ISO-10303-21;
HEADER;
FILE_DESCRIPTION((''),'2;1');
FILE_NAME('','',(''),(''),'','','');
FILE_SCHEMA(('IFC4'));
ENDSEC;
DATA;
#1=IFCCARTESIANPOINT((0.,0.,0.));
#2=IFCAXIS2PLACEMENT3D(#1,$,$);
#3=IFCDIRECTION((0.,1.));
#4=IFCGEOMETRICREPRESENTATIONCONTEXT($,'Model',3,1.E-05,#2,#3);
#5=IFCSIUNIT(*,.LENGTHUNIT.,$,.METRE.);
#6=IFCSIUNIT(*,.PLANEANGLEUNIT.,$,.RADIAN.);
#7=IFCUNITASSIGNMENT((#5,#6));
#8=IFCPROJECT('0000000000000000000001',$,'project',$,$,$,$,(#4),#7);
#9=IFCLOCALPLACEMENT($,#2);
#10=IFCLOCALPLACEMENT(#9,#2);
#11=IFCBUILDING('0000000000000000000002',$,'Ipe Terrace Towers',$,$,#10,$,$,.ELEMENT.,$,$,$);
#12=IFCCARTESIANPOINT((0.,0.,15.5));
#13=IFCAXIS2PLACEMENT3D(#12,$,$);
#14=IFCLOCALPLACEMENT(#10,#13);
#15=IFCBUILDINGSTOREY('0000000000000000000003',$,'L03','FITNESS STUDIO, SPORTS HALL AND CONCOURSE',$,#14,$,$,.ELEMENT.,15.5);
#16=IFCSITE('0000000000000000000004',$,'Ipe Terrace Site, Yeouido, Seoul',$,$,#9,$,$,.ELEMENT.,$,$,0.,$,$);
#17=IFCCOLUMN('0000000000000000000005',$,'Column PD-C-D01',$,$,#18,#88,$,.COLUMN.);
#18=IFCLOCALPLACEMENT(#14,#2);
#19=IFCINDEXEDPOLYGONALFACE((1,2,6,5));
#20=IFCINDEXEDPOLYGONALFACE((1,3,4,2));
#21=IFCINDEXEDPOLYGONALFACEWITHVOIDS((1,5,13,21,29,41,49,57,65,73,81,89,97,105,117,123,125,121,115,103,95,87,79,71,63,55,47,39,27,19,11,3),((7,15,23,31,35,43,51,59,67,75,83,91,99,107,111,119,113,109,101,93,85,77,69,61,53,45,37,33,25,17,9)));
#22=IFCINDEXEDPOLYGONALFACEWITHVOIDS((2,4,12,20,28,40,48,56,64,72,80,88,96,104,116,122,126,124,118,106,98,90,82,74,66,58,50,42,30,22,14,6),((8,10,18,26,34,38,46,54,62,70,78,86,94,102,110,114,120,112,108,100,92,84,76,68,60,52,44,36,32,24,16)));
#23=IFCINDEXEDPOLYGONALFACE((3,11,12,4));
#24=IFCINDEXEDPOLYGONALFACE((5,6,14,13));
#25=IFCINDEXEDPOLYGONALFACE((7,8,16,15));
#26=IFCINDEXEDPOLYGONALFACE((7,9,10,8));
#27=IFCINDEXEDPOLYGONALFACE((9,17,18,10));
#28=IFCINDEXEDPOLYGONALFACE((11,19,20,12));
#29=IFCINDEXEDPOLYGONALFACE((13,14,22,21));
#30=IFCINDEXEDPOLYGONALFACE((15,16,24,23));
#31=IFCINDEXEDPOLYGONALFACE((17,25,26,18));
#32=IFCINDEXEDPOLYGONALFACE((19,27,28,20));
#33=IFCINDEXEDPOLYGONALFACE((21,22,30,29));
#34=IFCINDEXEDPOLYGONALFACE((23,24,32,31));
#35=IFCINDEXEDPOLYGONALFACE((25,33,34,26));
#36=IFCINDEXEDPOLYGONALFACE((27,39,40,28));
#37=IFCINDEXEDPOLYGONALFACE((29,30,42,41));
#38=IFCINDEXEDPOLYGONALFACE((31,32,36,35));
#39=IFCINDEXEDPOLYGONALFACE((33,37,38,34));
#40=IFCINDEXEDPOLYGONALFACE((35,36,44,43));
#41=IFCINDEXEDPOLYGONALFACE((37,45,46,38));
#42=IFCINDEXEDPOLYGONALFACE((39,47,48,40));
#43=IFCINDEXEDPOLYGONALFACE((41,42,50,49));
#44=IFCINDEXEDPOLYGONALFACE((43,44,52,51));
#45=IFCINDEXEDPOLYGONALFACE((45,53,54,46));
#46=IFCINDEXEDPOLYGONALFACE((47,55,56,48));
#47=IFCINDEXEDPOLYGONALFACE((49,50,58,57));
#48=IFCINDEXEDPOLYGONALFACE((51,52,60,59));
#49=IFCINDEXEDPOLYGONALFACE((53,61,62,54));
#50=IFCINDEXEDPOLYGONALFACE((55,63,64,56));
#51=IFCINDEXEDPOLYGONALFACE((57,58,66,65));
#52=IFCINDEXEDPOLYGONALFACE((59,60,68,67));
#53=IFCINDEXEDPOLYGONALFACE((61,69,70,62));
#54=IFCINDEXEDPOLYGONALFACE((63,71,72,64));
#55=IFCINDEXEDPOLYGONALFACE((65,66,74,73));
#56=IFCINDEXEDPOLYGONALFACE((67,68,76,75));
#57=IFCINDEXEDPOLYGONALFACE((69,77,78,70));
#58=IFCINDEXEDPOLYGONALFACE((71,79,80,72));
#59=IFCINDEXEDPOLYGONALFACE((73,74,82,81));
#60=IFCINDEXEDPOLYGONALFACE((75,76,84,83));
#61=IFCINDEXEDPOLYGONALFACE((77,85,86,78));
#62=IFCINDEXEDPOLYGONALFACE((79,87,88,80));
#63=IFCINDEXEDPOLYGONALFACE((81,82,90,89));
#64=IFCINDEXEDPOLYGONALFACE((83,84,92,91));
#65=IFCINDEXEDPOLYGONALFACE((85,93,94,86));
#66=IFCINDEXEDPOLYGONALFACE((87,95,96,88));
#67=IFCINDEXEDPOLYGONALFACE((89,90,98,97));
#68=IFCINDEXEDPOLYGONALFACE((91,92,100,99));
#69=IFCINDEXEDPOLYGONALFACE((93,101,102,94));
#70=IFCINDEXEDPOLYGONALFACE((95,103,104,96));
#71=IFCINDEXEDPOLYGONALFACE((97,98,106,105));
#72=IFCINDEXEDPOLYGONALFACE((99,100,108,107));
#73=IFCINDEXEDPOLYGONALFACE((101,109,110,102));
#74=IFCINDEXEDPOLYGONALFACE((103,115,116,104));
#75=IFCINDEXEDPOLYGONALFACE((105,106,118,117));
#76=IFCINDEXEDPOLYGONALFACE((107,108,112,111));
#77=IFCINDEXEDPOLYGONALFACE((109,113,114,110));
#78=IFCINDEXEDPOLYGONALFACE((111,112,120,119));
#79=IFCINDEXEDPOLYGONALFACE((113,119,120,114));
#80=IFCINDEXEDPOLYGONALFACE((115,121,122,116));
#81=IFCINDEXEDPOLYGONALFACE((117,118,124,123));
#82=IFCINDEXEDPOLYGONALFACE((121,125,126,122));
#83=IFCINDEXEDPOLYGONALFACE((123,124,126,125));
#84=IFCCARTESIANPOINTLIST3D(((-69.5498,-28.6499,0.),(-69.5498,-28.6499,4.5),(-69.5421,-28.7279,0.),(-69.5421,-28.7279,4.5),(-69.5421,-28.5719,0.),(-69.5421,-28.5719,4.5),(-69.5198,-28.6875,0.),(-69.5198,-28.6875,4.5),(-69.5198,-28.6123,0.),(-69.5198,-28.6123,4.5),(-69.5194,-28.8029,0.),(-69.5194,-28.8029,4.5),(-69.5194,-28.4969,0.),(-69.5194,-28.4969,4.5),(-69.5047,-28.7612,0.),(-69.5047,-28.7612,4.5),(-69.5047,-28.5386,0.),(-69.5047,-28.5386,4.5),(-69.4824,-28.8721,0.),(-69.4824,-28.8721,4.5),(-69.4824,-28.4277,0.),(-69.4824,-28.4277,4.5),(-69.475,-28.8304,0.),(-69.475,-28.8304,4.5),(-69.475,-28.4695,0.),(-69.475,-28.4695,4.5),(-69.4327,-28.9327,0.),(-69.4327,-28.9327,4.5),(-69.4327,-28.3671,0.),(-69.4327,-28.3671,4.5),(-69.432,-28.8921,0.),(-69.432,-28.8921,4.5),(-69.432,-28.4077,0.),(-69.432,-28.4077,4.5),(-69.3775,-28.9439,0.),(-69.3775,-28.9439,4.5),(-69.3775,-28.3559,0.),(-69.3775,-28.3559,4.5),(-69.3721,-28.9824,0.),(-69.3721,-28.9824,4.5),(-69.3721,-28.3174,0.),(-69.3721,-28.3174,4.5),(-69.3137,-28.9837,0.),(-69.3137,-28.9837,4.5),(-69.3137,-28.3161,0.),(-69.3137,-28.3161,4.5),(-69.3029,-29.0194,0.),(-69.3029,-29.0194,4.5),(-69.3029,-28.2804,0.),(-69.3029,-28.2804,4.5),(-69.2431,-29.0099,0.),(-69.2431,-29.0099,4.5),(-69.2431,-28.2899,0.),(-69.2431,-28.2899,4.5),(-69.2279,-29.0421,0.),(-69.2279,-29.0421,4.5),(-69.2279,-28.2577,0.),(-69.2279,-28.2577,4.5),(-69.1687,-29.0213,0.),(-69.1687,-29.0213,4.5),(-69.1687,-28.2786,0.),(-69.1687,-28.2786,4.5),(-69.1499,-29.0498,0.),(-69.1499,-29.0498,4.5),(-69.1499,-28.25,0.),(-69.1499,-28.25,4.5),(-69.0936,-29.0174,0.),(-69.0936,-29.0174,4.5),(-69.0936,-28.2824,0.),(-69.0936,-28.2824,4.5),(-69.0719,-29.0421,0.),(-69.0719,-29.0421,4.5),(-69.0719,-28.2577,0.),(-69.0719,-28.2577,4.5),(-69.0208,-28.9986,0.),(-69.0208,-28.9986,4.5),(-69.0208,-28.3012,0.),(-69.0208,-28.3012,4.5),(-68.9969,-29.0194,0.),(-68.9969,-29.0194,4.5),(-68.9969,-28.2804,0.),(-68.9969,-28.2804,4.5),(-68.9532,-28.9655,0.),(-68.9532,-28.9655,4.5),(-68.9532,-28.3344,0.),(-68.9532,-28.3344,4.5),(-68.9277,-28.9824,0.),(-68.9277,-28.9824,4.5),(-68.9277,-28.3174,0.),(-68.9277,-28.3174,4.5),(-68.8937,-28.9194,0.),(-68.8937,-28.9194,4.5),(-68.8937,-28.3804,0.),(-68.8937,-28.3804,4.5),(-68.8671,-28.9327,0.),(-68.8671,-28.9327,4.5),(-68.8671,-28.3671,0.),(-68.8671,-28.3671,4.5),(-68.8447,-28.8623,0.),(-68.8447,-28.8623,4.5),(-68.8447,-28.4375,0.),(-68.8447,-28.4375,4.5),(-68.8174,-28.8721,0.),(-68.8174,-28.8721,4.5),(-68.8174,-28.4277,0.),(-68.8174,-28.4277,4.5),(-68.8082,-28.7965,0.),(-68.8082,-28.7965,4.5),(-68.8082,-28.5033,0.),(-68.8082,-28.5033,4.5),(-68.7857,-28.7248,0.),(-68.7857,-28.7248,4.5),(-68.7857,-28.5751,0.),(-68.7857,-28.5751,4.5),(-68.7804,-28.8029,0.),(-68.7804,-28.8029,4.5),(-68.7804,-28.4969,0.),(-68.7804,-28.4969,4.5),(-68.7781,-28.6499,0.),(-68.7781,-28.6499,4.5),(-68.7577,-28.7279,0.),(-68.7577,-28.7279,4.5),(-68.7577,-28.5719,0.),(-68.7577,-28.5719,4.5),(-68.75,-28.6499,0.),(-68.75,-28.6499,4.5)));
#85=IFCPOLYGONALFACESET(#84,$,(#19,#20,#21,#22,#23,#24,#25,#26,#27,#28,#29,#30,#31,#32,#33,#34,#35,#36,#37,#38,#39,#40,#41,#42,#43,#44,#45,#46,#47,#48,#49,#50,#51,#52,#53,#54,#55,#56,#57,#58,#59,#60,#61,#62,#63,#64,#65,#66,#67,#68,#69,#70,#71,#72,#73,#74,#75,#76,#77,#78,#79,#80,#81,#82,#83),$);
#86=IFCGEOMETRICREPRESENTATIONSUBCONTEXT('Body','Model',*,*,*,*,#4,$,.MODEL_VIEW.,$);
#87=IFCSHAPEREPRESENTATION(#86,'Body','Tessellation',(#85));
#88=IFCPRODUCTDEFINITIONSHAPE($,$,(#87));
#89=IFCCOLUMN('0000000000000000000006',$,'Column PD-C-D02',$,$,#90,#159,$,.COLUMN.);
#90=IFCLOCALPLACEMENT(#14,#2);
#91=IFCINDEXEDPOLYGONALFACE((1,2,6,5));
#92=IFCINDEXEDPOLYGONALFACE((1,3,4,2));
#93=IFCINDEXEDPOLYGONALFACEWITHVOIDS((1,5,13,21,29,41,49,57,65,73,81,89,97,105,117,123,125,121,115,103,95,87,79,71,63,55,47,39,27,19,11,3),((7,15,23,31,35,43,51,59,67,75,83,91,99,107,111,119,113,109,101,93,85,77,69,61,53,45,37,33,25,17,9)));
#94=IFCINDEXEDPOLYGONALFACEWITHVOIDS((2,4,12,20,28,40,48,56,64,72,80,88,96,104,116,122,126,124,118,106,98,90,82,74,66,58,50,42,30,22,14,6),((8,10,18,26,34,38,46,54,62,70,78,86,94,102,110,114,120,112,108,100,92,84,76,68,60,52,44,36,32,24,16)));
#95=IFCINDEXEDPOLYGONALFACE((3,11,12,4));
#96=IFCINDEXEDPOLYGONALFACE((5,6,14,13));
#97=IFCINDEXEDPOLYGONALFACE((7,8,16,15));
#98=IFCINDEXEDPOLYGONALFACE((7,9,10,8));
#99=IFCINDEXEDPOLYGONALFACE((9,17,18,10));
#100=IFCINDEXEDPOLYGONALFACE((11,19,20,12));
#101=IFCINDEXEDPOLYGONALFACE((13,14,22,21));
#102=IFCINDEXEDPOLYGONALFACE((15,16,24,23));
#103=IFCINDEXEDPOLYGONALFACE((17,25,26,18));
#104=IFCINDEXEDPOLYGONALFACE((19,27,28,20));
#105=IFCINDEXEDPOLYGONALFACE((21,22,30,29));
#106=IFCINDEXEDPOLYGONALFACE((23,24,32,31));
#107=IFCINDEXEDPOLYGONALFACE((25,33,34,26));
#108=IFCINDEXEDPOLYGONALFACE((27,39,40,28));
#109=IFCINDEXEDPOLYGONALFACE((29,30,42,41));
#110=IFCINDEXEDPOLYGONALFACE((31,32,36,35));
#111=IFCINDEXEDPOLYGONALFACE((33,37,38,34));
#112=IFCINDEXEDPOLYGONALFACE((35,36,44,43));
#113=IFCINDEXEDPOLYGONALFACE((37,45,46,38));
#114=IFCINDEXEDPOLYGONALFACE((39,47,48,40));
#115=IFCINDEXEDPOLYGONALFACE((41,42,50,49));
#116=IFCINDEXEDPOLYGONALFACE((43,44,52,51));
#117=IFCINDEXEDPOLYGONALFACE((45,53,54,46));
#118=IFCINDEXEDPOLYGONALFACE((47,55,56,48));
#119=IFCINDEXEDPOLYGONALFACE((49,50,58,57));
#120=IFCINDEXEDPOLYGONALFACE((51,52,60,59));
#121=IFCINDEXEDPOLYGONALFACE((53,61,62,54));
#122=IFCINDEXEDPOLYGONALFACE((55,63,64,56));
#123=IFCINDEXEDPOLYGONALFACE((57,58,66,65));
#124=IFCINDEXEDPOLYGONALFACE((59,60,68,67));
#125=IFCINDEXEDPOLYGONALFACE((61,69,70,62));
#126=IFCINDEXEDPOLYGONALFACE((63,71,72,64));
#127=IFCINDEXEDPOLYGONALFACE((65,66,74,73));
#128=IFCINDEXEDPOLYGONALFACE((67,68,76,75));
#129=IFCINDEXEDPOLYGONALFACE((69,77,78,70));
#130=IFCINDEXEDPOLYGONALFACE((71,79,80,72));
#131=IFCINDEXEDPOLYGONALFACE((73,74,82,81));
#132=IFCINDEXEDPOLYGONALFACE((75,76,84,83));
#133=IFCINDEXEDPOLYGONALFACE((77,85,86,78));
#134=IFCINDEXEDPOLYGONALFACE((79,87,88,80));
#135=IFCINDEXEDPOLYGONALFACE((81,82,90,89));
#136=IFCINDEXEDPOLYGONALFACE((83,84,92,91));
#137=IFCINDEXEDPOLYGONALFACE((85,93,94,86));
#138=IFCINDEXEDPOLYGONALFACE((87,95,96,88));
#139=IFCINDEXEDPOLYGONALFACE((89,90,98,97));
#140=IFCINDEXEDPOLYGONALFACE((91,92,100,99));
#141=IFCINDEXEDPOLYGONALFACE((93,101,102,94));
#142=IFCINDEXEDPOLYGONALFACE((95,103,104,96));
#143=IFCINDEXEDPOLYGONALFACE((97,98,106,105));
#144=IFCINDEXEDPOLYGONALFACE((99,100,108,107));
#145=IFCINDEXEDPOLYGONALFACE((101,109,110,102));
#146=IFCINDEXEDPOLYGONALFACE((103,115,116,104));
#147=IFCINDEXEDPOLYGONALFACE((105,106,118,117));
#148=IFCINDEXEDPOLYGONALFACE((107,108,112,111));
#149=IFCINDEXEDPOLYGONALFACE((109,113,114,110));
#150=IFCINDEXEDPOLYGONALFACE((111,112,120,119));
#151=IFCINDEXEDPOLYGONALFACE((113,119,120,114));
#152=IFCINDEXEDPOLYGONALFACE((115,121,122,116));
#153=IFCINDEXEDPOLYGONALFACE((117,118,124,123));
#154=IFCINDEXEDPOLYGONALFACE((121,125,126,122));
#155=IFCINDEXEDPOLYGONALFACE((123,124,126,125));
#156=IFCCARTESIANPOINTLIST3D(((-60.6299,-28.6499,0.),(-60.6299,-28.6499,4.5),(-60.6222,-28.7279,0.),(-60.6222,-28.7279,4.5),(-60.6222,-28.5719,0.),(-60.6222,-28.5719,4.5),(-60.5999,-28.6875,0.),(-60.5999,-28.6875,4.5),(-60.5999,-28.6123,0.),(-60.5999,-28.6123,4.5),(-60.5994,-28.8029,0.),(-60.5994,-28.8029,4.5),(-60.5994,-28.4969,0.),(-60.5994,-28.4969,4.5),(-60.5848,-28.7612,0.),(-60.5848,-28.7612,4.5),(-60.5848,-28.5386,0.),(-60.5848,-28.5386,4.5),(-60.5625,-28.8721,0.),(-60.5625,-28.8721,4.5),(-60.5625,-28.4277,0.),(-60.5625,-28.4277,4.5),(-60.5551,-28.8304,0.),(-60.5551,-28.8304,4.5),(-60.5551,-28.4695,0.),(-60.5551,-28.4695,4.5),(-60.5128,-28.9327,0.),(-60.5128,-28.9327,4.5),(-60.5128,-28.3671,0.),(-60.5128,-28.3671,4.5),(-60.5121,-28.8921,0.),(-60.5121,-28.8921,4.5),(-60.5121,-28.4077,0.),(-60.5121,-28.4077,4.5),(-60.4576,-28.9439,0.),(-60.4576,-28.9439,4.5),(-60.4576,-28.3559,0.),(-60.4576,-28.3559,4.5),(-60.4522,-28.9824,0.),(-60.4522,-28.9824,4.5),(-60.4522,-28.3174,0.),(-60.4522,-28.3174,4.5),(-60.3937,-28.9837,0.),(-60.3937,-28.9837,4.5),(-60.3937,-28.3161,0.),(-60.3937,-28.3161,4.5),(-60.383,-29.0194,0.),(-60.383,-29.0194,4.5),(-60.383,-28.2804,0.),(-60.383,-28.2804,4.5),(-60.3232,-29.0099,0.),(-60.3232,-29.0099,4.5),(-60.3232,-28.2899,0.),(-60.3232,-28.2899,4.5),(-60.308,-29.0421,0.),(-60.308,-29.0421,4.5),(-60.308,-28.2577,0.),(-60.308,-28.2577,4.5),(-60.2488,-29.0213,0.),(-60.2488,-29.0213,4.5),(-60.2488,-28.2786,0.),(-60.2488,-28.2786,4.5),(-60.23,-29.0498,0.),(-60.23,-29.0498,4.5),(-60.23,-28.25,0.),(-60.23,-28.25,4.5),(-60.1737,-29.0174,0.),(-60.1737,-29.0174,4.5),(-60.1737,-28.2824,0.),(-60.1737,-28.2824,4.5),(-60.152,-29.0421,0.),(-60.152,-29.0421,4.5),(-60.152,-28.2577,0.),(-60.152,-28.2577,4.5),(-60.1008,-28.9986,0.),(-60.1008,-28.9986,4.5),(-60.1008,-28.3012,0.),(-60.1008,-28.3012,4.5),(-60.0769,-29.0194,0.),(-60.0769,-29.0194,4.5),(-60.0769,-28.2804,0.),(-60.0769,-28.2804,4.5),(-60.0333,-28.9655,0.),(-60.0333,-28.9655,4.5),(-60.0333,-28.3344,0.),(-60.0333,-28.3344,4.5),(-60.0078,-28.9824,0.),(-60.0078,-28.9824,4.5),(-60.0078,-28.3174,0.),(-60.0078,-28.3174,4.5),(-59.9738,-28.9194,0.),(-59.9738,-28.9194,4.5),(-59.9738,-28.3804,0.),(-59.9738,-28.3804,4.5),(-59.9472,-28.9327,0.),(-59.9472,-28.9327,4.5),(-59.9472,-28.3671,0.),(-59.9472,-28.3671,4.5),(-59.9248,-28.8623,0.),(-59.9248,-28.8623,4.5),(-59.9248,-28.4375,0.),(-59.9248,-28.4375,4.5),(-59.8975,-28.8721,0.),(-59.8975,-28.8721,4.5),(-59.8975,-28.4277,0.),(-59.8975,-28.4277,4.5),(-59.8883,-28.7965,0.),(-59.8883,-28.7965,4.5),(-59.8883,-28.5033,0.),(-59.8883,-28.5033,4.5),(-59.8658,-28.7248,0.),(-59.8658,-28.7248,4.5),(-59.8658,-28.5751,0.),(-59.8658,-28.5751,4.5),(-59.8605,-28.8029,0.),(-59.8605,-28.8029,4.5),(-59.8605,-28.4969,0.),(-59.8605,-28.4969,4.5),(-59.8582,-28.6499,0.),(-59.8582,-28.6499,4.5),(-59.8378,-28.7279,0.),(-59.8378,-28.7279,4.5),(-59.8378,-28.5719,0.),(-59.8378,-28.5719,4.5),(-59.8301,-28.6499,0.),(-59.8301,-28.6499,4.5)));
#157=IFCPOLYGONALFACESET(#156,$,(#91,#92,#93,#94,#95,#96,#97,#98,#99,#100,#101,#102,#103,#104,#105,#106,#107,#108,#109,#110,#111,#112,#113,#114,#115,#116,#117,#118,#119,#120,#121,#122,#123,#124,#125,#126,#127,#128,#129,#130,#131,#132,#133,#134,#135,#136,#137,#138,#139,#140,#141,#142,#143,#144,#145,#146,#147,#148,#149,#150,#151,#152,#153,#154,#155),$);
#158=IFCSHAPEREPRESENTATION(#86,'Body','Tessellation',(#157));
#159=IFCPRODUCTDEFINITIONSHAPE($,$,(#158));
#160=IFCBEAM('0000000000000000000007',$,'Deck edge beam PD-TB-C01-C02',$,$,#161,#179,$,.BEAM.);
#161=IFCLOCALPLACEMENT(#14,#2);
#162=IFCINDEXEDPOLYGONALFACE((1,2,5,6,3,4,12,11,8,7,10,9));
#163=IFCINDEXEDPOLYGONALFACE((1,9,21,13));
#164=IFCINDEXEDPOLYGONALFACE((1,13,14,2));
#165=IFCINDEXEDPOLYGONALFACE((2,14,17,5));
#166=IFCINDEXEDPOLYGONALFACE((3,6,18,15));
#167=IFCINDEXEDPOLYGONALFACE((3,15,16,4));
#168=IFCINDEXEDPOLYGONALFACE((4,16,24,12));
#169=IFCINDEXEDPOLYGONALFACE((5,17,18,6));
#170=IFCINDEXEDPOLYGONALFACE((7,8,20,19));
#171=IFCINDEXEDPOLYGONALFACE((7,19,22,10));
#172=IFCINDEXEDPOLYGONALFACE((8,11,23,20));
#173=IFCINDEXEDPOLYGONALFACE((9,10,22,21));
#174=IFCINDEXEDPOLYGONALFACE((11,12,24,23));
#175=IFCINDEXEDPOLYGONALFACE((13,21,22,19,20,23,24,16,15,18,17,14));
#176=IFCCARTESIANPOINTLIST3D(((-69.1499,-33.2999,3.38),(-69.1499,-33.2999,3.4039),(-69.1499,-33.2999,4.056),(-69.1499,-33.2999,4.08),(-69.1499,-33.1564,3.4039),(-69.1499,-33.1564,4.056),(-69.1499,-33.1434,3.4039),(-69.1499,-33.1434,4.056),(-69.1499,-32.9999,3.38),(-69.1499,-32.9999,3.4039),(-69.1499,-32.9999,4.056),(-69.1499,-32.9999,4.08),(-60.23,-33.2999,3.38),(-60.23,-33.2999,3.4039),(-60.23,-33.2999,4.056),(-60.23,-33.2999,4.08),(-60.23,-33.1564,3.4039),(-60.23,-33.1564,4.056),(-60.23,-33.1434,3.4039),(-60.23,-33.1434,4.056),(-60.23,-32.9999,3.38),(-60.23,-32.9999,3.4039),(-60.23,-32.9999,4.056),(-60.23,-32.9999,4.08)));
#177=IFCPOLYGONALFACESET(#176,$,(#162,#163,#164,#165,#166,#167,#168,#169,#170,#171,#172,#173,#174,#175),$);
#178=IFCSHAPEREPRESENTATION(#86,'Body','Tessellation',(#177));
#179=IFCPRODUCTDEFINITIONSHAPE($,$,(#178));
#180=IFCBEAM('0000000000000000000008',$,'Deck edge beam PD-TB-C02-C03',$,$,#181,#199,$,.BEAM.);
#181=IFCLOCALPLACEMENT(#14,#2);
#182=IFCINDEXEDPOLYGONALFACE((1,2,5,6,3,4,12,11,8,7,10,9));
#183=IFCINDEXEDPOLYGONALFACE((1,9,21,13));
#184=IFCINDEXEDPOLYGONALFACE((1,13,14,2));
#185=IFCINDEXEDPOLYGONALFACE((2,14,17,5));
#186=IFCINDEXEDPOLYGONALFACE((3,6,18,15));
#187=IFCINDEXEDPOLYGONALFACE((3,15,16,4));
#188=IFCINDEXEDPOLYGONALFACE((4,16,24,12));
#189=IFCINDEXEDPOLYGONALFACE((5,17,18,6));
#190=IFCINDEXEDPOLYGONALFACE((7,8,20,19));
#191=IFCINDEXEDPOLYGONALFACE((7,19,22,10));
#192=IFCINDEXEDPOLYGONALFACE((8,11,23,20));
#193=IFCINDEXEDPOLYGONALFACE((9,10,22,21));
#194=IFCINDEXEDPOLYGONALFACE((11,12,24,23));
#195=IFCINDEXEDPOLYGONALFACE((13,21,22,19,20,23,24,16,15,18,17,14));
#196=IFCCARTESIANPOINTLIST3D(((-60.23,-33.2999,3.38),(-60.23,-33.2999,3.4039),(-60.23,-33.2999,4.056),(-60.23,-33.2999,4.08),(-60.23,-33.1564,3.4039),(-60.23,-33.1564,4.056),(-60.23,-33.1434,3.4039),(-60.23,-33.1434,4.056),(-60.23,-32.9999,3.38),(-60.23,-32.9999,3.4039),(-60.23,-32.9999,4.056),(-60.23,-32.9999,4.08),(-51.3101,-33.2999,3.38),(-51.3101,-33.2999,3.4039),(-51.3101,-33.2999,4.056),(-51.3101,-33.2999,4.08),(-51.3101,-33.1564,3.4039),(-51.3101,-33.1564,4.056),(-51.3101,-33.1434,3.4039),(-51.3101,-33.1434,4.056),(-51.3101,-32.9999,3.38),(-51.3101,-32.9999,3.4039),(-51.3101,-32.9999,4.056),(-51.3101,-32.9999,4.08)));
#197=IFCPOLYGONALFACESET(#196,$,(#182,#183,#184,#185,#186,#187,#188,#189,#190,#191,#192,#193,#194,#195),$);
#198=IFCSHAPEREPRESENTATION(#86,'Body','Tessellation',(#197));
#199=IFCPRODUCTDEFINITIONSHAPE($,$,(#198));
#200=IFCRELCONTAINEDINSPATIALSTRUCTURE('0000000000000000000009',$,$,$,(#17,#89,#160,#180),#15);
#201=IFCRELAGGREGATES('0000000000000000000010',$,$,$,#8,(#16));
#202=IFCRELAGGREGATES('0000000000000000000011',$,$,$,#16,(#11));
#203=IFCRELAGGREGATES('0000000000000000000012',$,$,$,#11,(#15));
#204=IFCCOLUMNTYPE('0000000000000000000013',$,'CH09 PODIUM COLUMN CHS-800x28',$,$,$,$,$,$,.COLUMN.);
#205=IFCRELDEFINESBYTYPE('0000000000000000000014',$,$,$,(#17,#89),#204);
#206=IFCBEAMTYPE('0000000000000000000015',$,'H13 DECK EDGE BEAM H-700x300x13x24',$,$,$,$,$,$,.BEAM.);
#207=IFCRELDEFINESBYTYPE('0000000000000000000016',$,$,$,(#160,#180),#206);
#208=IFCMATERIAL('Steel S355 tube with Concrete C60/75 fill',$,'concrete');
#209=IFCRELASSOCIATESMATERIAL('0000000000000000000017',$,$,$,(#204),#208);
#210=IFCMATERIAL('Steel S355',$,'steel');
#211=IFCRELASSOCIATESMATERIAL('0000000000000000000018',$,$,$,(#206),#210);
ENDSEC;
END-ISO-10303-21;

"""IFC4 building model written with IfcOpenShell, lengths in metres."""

from ifc_helpers import new_model, si_unit, direction, frame, origin, origin_2d, place, context, subcontext, project, spatial, hollow_circle, i_section, extrude, material, material_profile, profile_set, type_object, element, save


model = new_model("IFC4")

# Units and contexts
model_context = context("Model", 3, precision=1e-05, world=origin(), true_north=direction((0.0, 1.0)))
body_context = subcontext(model_context, "Body", "Model", "MODEL_VIEW")
ifc_project = project(units=[si_unit("LENGTHUNIT", "METRE"), si_unit("PLANEANGLEUNIT", "RADIAN")], contexts=[model_context])

# Site, building, storey
site_placement = place(None, origin())
site = spatial("IfcSite", under=ifc_project, at=site_placement, Name="Ipe Terrace Site, Yeouido, Seoul", CompositionType="ELEMENT", RefElevation=0.0)
building_placement = place(site_placement, origin())
building = spatial("IfcBuilding", under=site, at=building_placement, Name="Ipe Terrace Towers", CompositionType="ELEMENT")
storey_placement = place(building_placement, frame((0.0, 0.0, 15.5)))
storey = spatial("IfcBuildingStorey", under=building, at=storey_placement, Name="L03", Description="FITNESS STUDIO, SPORTS HALL AND CONCOURSE", CompositionType="ELEMENT", Elevation=15.5)

# Columns
ifc_material_1 = material(Name="Steel S355 tube with Concrete C60/75 fill", Category="concrete")
ifc_material_profile_1 = material_profile(ifc_material_1, hollow_circle(Radius=0.3999, WallThickness=0.0281, at=origin_2d()), Name="CHS-800x28")
ifc_profile_set_1 = profile_set([ifc_material_profile_1], Name="Steel S355 tube with Concrete C60/75 fill")
column_type = type_object("IfcColumnType", Name="CH09 PODIUM COLUMN CHS-800x28", PredefinedType="COLUMN", material=ifc_profile_set_1)
for number, where, z_axis, x_axis, name in (
    (1, (-69.1499, -28.6499, 0.0), (0.0, 0.0, 1.0), (1.0, 0.0, 0.0), "Column PD-C-D01"),
    (2, (-60.23, -28.6499, 0.0), (0.0, 0.0, 1.0), (1.0, 0.0, 0.0), "Column PD-C-D02"),
):
    element("IfcColumn", number, at=place(storey_placement, frame(where, z_axis=z_axis, x_axis=x_axis)), inside=storey, type_object=column_type, Name=name, PredefinedType="COLUMN", context=body_context, shape_type="SweptSolid", body=[
        extrude(hollow_circle(Radius=0.3999, WallThickness=0.0281, at=origin_2d()), origin(), (0.0, 0.0, 1.0), 4.5),
    ])

# Beams
ifc_material_2 = material(Name="Steel S355", Category="steel")
ifc_material_profile_2 = material_profile(ifc_material_2, i_section(OverallWidth=0.3, OverallDepth=0.7, WebThickness=0.0129, FlangeThickness=0.0239, at=origin_2d()), Name="H-700x300x13x24")
ifc_profile_set_2 = profile_set([ifc_material_profile_2], Name="Steel S355")
beam_type = type_object("IfcBeamType", Name="H13 DECK EDGE BEAM H-700x300x13x24", PredefinedType="BEAM", material=ifc_profile_set_2)
for number, where, z_axis, x_axis, name in (
    (3, (-69.1499, -33.1499, 3.73), (1.0, 0.0, 0.0), (0.0, 1.0, 0.0), "Deck edge beam PD-TB-C01-C02"),
    (4, (-60.23, -33.1499, 3.73), (1.0, 0.0, 0.0), (0.0, 1.0, 0.0), "Deck edge beam PD-TB-C02-C03"),
):
    element("IfcBeam", number, at=place(storey_placement, frame(where, z_axis=z_axis, x_axis=x_axis)), inside=storey, type_object=beam_type, Name=name, PredefinedType="BEAM", context=body_context, shape_type="SweptSolid", body=[
        extrude(i_section(OverallWidth=0.3, OverallDepth=0.7, WebThickness=0.0129, FlangeThickness=0.0239, at=origin_2d()), origin(), (0.0, 0.0, 1.0), 8.9199),
    ])

save(model, "model.ifc")
